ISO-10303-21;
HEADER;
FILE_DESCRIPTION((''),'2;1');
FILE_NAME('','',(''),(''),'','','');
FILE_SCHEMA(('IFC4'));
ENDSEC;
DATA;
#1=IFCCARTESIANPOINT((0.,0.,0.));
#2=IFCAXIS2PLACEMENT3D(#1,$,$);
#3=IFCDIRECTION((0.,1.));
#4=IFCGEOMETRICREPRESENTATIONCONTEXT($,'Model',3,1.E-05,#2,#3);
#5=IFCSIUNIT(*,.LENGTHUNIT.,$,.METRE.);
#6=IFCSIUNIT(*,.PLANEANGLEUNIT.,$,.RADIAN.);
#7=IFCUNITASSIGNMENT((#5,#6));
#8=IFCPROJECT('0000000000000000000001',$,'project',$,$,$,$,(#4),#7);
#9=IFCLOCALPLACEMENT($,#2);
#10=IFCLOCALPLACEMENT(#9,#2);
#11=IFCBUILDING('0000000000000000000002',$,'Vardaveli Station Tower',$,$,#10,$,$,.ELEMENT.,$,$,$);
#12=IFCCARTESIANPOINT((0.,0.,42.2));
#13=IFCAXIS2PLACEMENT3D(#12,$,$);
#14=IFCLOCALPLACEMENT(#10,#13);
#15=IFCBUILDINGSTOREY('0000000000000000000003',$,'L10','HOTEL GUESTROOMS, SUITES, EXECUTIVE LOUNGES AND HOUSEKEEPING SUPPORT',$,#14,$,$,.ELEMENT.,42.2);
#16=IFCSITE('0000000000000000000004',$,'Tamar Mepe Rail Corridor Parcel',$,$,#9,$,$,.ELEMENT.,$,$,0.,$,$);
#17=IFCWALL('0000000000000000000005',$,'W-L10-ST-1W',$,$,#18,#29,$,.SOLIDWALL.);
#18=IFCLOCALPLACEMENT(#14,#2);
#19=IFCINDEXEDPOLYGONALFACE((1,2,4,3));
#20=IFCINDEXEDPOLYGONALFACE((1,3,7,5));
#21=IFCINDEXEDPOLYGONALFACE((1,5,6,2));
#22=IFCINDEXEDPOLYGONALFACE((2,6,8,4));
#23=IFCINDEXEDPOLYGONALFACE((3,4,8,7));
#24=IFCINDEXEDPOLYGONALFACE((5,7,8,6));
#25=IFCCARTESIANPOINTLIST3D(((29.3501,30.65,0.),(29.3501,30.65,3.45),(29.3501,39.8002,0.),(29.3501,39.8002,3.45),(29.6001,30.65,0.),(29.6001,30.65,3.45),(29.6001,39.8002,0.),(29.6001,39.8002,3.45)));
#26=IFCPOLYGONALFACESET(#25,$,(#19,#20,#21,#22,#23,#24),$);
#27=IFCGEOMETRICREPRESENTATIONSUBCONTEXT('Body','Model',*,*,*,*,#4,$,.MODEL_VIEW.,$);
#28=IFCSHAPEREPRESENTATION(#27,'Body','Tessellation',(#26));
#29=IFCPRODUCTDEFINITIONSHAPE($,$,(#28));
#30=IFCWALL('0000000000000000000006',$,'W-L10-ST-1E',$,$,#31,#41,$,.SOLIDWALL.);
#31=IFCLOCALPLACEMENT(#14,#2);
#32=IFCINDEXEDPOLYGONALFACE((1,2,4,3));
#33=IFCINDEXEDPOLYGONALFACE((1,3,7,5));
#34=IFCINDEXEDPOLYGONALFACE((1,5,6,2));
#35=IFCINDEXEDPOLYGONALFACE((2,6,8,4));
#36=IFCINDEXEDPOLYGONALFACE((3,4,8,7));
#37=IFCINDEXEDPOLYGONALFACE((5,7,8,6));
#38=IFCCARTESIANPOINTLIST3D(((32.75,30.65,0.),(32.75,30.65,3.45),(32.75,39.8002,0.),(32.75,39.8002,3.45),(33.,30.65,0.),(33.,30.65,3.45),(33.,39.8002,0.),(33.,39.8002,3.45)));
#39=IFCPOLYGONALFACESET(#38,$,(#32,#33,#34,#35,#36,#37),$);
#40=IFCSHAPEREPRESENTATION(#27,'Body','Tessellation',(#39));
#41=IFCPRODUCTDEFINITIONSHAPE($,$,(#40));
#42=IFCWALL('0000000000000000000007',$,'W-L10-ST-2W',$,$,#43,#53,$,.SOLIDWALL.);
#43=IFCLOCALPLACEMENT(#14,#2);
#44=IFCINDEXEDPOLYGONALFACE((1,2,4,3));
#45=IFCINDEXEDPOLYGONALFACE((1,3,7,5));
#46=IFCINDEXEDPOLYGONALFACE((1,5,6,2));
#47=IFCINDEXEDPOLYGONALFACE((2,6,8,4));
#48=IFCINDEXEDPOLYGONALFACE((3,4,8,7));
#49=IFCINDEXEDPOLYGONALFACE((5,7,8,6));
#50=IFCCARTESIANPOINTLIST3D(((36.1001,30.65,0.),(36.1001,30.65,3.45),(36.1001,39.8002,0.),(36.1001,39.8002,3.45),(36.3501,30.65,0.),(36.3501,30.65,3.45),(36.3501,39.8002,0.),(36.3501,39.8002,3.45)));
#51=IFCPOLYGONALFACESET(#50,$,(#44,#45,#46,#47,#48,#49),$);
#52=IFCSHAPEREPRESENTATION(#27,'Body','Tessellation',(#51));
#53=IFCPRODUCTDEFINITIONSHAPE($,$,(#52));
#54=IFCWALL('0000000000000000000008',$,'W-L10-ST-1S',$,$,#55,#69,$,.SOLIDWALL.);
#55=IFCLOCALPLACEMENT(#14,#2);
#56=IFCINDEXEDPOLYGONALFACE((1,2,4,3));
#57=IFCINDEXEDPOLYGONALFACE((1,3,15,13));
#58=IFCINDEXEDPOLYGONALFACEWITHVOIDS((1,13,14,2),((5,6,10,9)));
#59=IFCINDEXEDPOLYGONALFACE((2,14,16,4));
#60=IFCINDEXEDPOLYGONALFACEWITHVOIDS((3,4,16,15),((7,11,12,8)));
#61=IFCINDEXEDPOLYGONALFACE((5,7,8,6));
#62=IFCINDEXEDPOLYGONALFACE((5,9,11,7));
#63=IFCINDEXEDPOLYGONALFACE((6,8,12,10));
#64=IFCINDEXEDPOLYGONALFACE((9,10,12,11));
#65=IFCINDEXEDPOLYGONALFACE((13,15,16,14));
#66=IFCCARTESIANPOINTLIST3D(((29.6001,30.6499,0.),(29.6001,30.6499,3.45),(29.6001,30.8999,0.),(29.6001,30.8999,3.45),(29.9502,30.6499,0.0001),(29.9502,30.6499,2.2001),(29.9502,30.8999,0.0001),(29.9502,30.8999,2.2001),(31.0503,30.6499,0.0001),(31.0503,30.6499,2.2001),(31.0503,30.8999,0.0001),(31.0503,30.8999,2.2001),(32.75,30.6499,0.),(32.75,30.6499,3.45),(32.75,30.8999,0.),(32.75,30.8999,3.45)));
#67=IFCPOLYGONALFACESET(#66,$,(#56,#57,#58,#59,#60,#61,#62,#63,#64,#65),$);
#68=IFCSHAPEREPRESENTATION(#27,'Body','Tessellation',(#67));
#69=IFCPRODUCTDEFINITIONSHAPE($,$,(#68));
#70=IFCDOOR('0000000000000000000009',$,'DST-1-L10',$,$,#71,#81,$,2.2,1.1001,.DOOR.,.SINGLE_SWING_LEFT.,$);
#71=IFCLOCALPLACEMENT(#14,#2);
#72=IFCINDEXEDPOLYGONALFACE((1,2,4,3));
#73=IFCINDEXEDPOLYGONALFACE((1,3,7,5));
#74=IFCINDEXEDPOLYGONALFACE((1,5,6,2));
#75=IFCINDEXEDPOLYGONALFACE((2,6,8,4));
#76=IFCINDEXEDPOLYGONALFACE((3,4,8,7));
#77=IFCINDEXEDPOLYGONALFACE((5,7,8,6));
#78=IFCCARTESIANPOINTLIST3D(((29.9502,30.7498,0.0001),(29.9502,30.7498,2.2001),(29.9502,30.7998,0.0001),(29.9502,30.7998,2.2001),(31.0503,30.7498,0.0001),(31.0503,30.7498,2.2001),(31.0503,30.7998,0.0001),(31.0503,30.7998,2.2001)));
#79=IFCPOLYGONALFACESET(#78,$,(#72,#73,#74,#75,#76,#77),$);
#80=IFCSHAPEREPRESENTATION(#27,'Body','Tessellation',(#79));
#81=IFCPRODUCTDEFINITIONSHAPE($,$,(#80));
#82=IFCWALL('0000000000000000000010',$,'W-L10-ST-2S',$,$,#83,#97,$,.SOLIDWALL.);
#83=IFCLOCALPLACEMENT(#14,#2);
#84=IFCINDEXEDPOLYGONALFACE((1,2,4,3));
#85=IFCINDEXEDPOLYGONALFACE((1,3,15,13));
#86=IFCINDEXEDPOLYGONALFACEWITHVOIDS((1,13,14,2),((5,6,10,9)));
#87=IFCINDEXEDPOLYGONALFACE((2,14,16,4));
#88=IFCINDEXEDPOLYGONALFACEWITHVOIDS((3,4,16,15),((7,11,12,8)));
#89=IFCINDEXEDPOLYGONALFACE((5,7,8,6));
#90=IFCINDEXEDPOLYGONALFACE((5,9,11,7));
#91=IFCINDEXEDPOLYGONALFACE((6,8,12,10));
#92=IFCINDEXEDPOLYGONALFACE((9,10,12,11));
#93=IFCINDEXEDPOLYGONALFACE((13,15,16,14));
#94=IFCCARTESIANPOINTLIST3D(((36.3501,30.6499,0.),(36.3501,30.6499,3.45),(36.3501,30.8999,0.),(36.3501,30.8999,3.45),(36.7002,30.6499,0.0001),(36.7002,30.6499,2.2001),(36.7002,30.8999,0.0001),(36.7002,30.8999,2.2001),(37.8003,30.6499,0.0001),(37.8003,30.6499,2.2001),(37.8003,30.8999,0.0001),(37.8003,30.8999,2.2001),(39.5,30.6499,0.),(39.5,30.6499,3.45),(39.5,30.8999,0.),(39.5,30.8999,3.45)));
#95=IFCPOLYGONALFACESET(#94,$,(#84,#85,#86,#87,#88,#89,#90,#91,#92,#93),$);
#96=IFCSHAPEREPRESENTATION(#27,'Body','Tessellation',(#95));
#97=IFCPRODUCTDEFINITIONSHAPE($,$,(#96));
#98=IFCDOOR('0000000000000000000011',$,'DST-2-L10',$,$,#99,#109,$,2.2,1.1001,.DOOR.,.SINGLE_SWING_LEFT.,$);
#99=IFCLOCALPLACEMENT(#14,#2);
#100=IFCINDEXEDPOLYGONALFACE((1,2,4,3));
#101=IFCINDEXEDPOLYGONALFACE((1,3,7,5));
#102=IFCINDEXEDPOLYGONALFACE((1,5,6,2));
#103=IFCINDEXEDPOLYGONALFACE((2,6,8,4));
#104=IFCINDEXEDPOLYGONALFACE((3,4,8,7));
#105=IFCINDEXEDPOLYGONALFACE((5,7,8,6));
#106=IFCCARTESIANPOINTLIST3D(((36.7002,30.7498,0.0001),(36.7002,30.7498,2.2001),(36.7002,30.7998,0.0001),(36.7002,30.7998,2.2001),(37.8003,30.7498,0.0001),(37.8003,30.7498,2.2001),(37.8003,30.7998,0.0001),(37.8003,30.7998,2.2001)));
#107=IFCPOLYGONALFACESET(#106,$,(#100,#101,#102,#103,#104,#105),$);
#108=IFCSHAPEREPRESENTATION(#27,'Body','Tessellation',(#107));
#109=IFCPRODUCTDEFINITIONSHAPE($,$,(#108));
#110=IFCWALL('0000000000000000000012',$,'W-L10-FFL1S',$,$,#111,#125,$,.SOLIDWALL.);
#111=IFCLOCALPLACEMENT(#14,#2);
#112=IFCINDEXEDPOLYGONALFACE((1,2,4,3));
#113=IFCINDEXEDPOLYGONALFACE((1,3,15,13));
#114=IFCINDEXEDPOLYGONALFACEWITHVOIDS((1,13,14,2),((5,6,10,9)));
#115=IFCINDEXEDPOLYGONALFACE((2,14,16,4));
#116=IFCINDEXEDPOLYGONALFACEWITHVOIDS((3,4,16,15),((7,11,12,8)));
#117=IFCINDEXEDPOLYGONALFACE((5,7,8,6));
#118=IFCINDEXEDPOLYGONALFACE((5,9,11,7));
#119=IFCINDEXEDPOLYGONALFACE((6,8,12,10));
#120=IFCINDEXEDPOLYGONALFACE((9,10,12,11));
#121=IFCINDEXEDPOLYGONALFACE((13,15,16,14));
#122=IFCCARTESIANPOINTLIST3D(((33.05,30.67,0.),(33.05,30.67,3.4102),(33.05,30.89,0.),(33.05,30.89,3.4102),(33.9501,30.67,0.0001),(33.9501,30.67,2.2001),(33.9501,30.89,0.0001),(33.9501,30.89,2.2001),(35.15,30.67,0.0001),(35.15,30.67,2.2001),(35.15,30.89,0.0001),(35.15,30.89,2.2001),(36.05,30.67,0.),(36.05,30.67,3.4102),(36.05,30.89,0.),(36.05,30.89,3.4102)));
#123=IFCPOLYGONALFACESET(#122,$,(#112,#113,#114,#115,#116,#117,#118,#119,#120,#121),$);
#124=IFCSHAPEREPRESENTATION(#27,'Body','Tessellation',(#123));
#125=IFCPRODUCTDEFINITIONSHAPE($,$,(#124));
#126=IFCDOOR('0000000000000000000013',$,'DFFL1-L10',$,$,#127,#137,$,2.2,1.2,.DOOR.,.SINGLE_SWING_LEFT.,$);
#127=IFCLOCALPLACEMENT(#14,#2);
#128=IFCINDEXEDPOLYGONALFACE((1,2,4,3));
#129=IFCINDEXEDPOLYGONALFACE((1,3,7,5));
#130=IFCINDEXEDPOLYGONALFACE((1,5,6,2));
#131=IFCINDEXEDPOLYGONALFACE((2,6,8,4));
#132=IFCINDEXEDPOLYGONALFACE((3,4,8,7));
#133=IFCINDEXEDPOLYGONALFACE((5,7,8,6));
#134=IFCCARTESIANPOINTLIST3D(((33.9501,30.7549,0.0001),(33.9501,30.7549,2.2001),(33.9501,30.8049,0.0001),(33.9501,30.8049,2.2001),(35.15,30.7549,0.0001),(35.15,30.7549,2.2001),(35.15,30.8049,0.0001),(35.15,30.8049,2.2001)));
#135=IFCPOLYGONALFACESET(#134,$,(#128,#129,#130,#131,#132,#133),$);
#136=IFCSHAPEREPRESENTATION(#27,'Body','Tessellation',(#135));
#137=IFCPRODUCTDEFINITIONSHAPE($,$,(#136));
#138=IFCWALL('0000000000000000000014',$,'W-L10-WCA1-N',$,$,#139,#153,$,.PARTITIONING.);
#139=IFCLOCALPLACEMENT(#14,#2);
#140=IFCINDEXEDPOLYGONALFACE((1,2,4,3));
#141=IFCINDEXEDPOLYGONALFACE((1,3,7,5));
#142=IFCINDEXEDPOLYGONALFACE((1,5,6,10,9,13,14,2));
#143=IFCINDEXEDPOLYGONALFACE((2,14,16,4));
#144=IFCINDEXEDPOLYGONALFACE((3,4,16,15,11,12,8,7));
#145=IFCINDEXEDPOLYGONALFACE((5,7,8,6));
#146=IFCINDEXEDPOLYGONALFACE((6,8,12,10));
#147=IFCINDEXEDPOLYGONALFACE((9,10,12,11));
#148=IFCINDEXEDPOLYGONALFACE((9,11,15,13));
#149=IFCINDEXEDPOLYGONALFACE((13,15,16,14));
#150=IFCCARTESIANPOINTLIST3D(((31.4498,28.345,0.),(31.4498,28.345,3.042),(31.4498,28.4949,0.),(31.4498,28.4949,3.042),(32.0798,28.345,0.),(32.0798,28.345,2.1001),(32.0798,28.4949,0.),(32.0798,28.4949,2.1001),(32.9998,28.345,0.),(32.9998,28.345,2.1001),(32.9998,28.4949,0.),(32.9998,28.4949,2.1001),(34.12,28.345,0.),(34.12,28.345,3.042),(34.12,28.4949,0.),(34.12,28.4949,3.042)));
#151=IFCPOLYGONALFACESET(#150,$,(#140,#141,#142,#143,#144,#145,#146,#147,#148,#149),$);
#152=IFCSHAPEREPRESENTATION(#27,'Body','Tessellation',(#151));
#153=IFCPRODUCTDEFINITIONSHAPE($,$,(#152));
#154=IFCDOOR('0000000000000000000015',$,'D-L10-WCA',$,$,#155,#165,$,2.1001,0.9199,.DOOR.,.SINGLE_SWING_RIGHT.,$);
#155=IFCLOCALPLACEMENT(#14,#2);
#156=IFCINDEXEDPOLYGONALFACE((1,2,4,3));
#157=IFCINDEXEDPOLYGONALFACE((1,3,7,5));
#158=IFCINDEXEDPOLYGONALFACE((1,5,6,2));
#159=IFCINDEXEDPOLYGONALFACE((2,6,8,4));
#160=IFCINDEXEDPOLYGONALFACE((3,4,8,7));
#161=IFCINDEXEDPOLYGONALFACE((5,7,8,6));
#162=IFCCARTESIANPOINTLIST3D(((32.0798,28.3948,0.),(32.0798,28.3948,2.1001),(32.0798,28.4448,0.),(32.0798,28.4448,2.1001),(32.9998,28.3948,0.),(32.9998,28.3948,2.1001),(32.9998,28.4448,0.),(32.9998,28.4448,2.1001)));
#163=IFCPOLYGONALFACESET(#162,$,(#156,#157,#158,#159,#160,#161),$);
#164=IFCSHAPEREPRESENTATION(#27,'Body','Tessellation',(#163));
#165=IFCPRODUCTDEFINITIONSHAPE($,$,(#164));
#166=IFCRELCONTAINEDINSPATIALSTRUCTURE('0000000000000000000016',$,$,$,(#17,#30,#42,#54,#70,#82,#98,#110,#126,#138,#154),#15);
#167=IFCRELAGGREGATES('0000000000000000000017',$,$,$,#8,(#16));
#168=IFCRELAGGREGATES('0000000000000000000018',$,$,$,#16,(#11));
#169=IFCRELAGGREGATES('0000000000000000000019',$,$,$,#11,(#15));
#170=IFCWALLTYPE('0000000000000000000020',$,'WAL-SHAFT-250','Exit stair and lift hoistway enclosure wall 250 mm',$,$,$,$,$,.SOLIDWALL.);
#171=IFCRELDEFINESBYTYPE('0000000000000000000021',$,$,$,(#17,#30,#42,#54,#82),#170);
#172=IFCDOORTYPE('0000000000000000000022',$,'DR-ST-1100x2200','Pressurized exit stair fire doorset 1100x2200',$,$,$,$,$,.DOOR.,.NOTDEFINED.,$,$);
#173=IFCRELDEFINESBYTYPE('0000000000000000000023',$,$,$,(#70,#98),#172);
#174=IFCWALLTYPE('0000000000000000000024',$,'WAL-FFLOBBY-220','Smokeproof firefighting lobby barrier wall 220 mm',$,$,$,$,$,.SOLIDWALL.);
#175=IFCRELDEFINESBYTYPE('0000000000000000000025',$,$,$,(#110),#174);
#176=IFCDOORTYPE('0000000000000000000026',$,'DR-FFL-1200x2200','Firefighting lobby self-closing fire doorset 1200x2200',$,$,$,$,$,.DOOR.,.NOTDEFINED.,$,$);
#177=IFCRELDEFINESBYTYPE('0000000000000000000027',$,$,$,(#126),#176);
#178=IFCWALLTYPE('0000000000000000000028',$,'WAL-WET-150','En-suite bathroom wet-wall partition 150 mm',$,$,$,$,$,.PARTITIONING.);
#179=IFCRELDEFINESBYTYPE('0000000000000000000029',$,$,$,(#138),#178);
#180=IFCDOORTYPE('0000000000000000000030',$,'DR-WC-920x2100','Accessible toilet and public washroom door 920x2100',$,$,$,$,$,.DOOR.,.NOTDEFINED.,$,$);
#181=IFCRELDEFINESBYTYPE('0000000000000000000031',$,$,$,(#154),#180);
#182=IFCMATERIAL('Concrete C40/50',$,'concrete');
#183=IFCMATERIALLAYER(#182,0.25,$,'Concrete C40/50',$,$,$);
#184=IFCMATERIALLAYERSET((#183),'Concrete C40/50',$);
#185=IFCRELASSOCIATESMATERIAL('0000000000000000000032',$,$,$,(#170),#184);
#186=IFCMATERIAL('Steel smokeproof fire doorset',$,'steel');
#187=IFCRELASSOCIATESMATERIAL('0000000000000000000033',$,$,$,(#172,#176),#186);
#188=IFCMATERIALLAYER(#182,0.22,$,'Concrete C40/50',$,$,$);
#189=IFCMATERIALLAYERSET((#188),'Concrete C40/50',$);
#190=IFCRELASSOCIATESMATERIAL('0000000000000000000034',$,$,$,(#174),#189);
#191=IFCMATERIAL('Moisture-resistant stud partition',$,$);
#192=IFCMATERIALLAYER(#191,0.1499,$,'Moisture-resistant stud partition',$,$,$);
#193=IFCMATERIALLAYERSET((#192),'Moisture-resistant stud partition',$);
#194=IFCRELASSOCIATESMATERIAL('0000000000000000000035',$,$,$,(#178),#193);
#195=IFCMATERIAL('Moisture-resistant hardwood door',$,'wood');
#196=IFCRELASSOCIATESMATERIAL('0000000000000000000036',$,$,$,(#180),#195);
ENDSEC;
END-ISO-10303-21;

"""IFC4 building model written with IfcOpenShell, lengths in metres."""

from ifc_helpers import new_model, si_unit, direction, frame, frame_2d, origin, place, context, subcontext, project, spatial, rectangle, extrude, source, transform, mapped, material, layer, layer_set, type_object, element, fill, save


model = new_model("IFC4")

# Units and contexts
model_context = context("Model", 3, precision=1e-05, world=origin(), true_north=direction((0.0, 1.0)))
body_context = subcontext(model_context, "Body", "Model", "MODEL_VIEW")
ifc_project = project(units=[si_unit("LENGTHUNIT", "METRE"), si_unit("PLANEANGLEUNIT", "RADIAN")], contexts=[model_context])

# Site, building, storey
site_placement = place(None, origin())
site = spatial("IfcSite", under=ifc_project, at=site_placement, Name="Tamar Mepe Rail Corridor Parcel", CompositionType="ELEMENT", RefElevation=0.0)
building_placement = place(site_placement, origin())
building = spatial("IfcBuilding", under=site, at=building_placement, Name="Vardaveli Station Tower", CompositionType="ELEMENT")
storey_placement = place(building_placement, frame((0.0, 0.0, 42.2)))
storey = spatial("IfcBuildingStorey", under=building, at=storey_placement, Name="L10", Description="HOTEL GUESTROOMS, SUITES, EXECUTIVE LOUNGES AND HOUSEKEEPING SUPPORT", CompositionType="ELEMENT", Elevation=42.2)

# Walls
ifc_material_1 = material(Name="Concrete C40/50", Category="concrete")
ifc_layer_1 = layer(ifc_material_1, 0.25, Name="Concrete C40/50")
ifc_layer_set_1 = layer_set([ifc_layer_1], Name="Concrete C40/50")
wall_type_1 = type_object("IfcWallType", Name="WAL-SHAFT-250", Description="Exit stair and lift hoistway enclosure wall 250 mm", PredefinedType="SOLIDWALL", material=ifc_layer_set_1)
shared_shape_1 = source(origin(), body_context, "Body", "SweptSolid", [
    extrude(rectangle(XDim=9.1501, YDim=0.25, at=frame_2d((4.5752, 0.0))), origin(), (0.0, 0.0, 1.0), 3.45),
])
for number, where, z_axis, x_axis, name in (
    (1, (29.4751, 30.6499, 0.0), (0.0, 0.0, 1.0), (0.0, 1.0, 0.0), "W-L10-ST-1W"),
    (2, (32.875, 30.6499, 0.0), (0.0, 0.0, 1.0), (0.0, 1.0, 0.0), "W-L10-ST-1E"),
    (3, (36.2251, 30.6499, 0.0), (0.0, 0.0, 1.0), (0.0, 1.0, 0.0), "W-L10-ST-2W"),
):
    element("IfcWall", number, at=place(storey_placement, frame(where, z_axis=z_axis, x_axis=x_axis)), inside=storey, type_object=wall_type_1, Name=name, PredefinedType="SOLIDWALL", context=body_context, shape_type="MappedRepresentation", body=[
        mapped(shared_shape_1, transform((0.0, 0.0, 0.0), scale=1.0)),
    ])

# Walls, openings, doors
shared_shape_2 = source(origin(), body_context, "Body", "SweptSolid", [
    extrude(rectangle(XDim=3.1499, YDim=0.25, at=frame_2d((1.575, 0.0))), origin(), (0.0, 0.0, 1.0), 3.45),
])
wall_1_placement = place(storey_placement, frame((29.6001, 30.7749, 0.0), z_axis=(0.0, 0.0, 1.0), x_axis=(1.0, 0.0, 0.0)))
wall_1 = element("IfcWall", 4, at=wall_1_placement, inside=storey, type_object=wall_type_1, Name="W-L10-ST-1S", PredefinedType="SOLIDWALL", context=body_context, shape_type="MappedRepresentation", body=[
    mapped(shared_shape_2, transform((0.0, 0.0, 0.0), scale=1.0)),
])
shared_shape_3 = source(origin(), body_context, "Body", "SweptSolid", [
    extrude(rectangle(XDim=1.1001, YDim=2.2, at=frame_2d((0.55, 1.1001))), frame((0.0, 0.135, 0.0), z_axis=(0.0, -1.0, 0.0), x_axis=(1.0, 0.0, 0.0)), (0.0, 0.0, 1.0), 0.27),
])
opening_1_placement = place(wall_1_placement, frame((0.3501, 0.0, 0.0)))
opening_1 = element("IfcOpeningElement", 5, at=opening_1_placement, cuts=wall_1, PredefinedType="OPENING", context=body_context, shape_type="MappedRepresentation", body=[
    mapped(shared_shape_3, transform((0.0, 0.0, 0.0), scale=1.0)),
])
ifc_material_2 = material(Name="Steel smokeproof fire doorset", Category="steel")
door_type_1 = type_object("IfcDoorType", Name="DR-ST-1100x2200", Description="Pressurized exit stair fire doorset 1100x2200", OperationType="NOTDEFINED", PredefinedType="DOOR", material=ifc_material_2)
shared_shape_4 = source(origin(), body_context, "Body", "SweptSolid", [
    extrude(rectangle(XDim=1.1001, YDim=2.2, at=frame_2d((0.55, 1.1001))), frame((0.0, 0.0249, 0.0), z_axis=(0.0, -1.0, 0.0), x_axis=(1.0, 0.0, 0.0)), (0.0, 0.0, 1.0), 0.05),
])
door_1_placement = place(opening_1_placement, origin())
door_1 = element("IfcDoor", 6, at=door_1_placement, inside=storey, type_object=door_type_1, Name="DST-1-L10", OperationType="SINGLE_SWING_LEFT", OverallHeight=2.2, OverallWidth=1.1001, PredefinedType="DOOR", context=body_context, shape_type="MappedRepresentation", body=[
    mapped(shared_shape_4, transform((0.0, 0.0, 0.0), scale=1.0)),
])
fill(opening_1, door_1)
wall_2_placement = place(storey_placement, frame((36.3501, 30.7749, 0.0), z_axis=(0.0, 0.0, 1.0), x_axis=(1.0, 0.0, 0.0)))
wall_2 = element("IfcWall", 7, at=wall_2_placement, inside=storey, type_object=wall_type_1, Name="W-L10-ST-2S", PredefinedType="SOLIDWALL", context=body_context, shape_type="MappedRepresentation", body=[
    mapped(shared_shape_2, transform((0.0, 0.0, 0.0), scale=1.0)),
])
opening_2_placement = place(wall_2_placement, frame((0.3501, 0.0, 0.0)))
opening_2 = element("IfcOpeningElement", 8, at=opening_2_placement, cuts=wall_2, PredefinedType="OPENING", context=body_context, shape_type="MappedRepresentation", body=[
    mapped(shared_shape_3, transform((0.0, 0.0, 0.0), scale=1.0)),
])
door_2_placement = place(opening_2_placement, origin())
door_2 = element("IfcDoor", 9, at=door_2_placement, inside=storey, type_object=door_type_1, Name="DST-2-L10", OperationType="SINGLE_SWING_LEFT", OverallHeight=2.2, OverallWidth=1.1001, PredefinedType="DOOR", context=body_context, shape_type="MappedRepresentation", body=[
    mapped(shared_shape_4, transform((0.0, 0.0, 0.0), scale=1.0)),
])
fill(opening_2, door_2)
ifc_layer_2 = layer(ifc_material_1, 0.22, Name="Concrete C40/50")
ifc_layer_set_2 = layer_set([ifc_layer_2], Name="Concrete C40/50")
wall_type_2 = type_object("IfcWallType", Name="WAL-FFLOBBY-220", Description="Smokeproof firefighting lobby barrier wall 220 mm", PredefinedType="SOLIDWALL", material=ifc_layer_set_2)
shared_shape_5 = source(origin(), body_context, "Body", "SweptSolid", [
    extrude(rectangle(XDim=3.0, YDim=0.22, at=frame_2d((1.5, 0.0))), origin(), (0.0, 0.0, 1.0), 3.4102),
])
wall_3_placement = place(storey_placement, frame((33.05, 30.78, 0.0), z_axis=(0.0, 0.0, 1.0), x_axis=(1.0, 0.0, 0.0)))
wall_3 = element("IfcWall", 10, at=wall_3_placement, inside=storey, type_object=wall_type_2, Name="W-L10-FFL1S", PredefinedType="SOLIDWALL", context=body_context, shape_type="MappedRepresentation", body=[
    mapped(shared_shape_5, transform((0.0, 0.0, 0.0), scale=1.0)),
])
shared_shape_6 = source(origin(), body_context, "Body", "SweptSolid", [
    extrude(rectangle(XDim=1.2, YDim=2.2, at=frame_2d((0.6001, 1.1001))), frame((0.0, 0.1201, 0.0), z_axis=(0.0, -1.0, 0.0), x_axis=(1.0, 0.0, 0.0)), (0.0, 0.0, 1.0), 0.24),
])
opening_3_placement = place(wall_3_placement, frame((0.8999, 0.0, 0.0)))
opening_3 = element("IfcOpeningElement", 11, at=opening_3_placement, cuts=wall_3, PredefinedType="OPENING", context=body_context, shape_type="MappedRepresentation", body=[
    mapped(shared_shape_6, transform((0.0, 0.0, 0.0), scale=1.0)),
])
door_type_2 = type_object("IfcDoorType", Name="DR-FFL-1200x2200", Description="Firefighting lobby self-closing fire doorset 1200x2200", OperationType="NOTDEFINED", PredefinedType="DOOR", material=ifc_material_2)
shared_shape_7 = source(origin(), body_context, "Body", "SweptSolid", [
    extrude(rectangle(XDim=1.2, YDim=2.2, at=frame_2d((0.6001, 1.1001))), frame((0.0, 0.0249, 0.0), z_axis=(0.0, -1.0, 0.0), x_axis=(1.0, 0.0, 0.0)), (0.0, 0.0, 1.0), 0.05),
])
door_3_placement = place(opening_3_placement, origin())
door_3 = element("IfcDoor", 12, at=door_3_placement, inside=storey, type_object=door_type_2, Name="DFFL1-L10", OperationType="SINGLE_SWING_LEFT", OverallHeight=2.2, OverallWidth=1.2, PredefinedType="DOOR", context=body_context, shape_type="MappedRepresentation", body=[
    mapped(shared_shape_7, transform((0.0, 0.0, 0.0), scale=1.0)),
])
fill(opening_3, door_3)
ifc_material_3 = material(Name="Moisture-resistant stud partition")
ifc_layer_3 = layer(ifc_material_3, 0.1499, Name="Moisture-resistant stud partition")
ifc_layer_set_3 = layer_set([ifc_layer_3], Name="Moisture-resistant stud partition")
wall_type_3 = type_object("IfcWallType", Name="WAL-WET-150", Description="En-suite bathroom wet-wall partition 150 mm", PredefinedType="PARTITIONING", material=ifc_layer_set_3)
shared_shape_8 = source(origin(), body_context, "Body", "SweptSolid", [
    extrude(rectangle(XDim=2.6702, YDim=0.1499, at=frame_2d((1.335, 0.0))), origin(), (0.0, 0.0, 1.0), 3.042),
])
wall_4_placement = place(storey_placement, frame((31.45, 28.4199, 0.0), z_axis=(0.0, 0.0, 1.0), x_axis=(1.0, 0.0, 0.0)))
wall_4 = element("IfcWall", 13, at=wall_4_placement, inside=storey, type_object=wall_type_3, Name="W-L10-WCA1-N", PredefinedType="PARTITIONING", context=body_context, shape_type="MappedRepresentation", body=[
    mapped(shared_shape_8, transform((0.0, 0.0, 0.0), scale=1.0)),
])
shared_shape_9 = source(origin(), body_context, "Body", "SweptSolid", [
    extrude(rectangle(XDim=0.9199, YDim=2.1001, at=frame_2d((0.46, 1.05))), frame((0.0, 0.085, 0.0), z_axis=(0.0, -1.0, 0.0), x_axis=(1.0, 0.0, 0.0)), (0.0, 0.0, 1.0), 0.1699),
])
opening_4_placement = place(wall_4_placement, frame((0.6299, 0.0, 0.0)))
opening_4 = element("IfcOpeningElement", 14, at=opening_4_placement, cuts=wall_4, PredefinedType="OPENING", context=body_context, shape_type="MappedRepresentation", body=[
    mapped(shared_shape_9, transform((0.0, 0.0, 0.0), scale=1.0)),
])
ifc_material_4 = material(Name="Moisture-resistant hardwood door", Category="wood")
door_type_3 = type_object("IfcDoorType", Name="DR-WC-920x2100", Description="Accessible toilet and public washroom door 920x2100", OperationType="NOTDEFINED", PredefinedType="DOOR", material=ifc_material_4)
shared_shape_10 = source(origin(), body_context, "Body", "SweptSolid", [
    extrude(rectangle(XDim=0.9199, YDim=2.1001, at=frame_2d((0.46, 1.05))), frame((0.0, 0.0249, 0.0), z_axis=(0.0, -1.0, 0.0), x_axis=(1.0, 0.0, 0.0)), (0.0, 0.0, 1.0), 0.05),
])
door_4_placement = place(opening_4_placement, origin())
door_4 = element("IfcDoor", 15, at=door_4_placement, inside=storey, type_object=door_type_3, Name="D-L10-WCA", OperationType="SINGLE_SWING_RIGHT", OverallHeight=2.1001, OverallWidth=0.9199, PredefinedType="DOOR", context=body_context, shape_type="MappedRepresentation", body=[
    mapped(shared_shape_10, transform((0.0, 0.0, 0.0), scale=1.0)),
])
fill(opening_4, door_4)

save(model, "model.ifc")
